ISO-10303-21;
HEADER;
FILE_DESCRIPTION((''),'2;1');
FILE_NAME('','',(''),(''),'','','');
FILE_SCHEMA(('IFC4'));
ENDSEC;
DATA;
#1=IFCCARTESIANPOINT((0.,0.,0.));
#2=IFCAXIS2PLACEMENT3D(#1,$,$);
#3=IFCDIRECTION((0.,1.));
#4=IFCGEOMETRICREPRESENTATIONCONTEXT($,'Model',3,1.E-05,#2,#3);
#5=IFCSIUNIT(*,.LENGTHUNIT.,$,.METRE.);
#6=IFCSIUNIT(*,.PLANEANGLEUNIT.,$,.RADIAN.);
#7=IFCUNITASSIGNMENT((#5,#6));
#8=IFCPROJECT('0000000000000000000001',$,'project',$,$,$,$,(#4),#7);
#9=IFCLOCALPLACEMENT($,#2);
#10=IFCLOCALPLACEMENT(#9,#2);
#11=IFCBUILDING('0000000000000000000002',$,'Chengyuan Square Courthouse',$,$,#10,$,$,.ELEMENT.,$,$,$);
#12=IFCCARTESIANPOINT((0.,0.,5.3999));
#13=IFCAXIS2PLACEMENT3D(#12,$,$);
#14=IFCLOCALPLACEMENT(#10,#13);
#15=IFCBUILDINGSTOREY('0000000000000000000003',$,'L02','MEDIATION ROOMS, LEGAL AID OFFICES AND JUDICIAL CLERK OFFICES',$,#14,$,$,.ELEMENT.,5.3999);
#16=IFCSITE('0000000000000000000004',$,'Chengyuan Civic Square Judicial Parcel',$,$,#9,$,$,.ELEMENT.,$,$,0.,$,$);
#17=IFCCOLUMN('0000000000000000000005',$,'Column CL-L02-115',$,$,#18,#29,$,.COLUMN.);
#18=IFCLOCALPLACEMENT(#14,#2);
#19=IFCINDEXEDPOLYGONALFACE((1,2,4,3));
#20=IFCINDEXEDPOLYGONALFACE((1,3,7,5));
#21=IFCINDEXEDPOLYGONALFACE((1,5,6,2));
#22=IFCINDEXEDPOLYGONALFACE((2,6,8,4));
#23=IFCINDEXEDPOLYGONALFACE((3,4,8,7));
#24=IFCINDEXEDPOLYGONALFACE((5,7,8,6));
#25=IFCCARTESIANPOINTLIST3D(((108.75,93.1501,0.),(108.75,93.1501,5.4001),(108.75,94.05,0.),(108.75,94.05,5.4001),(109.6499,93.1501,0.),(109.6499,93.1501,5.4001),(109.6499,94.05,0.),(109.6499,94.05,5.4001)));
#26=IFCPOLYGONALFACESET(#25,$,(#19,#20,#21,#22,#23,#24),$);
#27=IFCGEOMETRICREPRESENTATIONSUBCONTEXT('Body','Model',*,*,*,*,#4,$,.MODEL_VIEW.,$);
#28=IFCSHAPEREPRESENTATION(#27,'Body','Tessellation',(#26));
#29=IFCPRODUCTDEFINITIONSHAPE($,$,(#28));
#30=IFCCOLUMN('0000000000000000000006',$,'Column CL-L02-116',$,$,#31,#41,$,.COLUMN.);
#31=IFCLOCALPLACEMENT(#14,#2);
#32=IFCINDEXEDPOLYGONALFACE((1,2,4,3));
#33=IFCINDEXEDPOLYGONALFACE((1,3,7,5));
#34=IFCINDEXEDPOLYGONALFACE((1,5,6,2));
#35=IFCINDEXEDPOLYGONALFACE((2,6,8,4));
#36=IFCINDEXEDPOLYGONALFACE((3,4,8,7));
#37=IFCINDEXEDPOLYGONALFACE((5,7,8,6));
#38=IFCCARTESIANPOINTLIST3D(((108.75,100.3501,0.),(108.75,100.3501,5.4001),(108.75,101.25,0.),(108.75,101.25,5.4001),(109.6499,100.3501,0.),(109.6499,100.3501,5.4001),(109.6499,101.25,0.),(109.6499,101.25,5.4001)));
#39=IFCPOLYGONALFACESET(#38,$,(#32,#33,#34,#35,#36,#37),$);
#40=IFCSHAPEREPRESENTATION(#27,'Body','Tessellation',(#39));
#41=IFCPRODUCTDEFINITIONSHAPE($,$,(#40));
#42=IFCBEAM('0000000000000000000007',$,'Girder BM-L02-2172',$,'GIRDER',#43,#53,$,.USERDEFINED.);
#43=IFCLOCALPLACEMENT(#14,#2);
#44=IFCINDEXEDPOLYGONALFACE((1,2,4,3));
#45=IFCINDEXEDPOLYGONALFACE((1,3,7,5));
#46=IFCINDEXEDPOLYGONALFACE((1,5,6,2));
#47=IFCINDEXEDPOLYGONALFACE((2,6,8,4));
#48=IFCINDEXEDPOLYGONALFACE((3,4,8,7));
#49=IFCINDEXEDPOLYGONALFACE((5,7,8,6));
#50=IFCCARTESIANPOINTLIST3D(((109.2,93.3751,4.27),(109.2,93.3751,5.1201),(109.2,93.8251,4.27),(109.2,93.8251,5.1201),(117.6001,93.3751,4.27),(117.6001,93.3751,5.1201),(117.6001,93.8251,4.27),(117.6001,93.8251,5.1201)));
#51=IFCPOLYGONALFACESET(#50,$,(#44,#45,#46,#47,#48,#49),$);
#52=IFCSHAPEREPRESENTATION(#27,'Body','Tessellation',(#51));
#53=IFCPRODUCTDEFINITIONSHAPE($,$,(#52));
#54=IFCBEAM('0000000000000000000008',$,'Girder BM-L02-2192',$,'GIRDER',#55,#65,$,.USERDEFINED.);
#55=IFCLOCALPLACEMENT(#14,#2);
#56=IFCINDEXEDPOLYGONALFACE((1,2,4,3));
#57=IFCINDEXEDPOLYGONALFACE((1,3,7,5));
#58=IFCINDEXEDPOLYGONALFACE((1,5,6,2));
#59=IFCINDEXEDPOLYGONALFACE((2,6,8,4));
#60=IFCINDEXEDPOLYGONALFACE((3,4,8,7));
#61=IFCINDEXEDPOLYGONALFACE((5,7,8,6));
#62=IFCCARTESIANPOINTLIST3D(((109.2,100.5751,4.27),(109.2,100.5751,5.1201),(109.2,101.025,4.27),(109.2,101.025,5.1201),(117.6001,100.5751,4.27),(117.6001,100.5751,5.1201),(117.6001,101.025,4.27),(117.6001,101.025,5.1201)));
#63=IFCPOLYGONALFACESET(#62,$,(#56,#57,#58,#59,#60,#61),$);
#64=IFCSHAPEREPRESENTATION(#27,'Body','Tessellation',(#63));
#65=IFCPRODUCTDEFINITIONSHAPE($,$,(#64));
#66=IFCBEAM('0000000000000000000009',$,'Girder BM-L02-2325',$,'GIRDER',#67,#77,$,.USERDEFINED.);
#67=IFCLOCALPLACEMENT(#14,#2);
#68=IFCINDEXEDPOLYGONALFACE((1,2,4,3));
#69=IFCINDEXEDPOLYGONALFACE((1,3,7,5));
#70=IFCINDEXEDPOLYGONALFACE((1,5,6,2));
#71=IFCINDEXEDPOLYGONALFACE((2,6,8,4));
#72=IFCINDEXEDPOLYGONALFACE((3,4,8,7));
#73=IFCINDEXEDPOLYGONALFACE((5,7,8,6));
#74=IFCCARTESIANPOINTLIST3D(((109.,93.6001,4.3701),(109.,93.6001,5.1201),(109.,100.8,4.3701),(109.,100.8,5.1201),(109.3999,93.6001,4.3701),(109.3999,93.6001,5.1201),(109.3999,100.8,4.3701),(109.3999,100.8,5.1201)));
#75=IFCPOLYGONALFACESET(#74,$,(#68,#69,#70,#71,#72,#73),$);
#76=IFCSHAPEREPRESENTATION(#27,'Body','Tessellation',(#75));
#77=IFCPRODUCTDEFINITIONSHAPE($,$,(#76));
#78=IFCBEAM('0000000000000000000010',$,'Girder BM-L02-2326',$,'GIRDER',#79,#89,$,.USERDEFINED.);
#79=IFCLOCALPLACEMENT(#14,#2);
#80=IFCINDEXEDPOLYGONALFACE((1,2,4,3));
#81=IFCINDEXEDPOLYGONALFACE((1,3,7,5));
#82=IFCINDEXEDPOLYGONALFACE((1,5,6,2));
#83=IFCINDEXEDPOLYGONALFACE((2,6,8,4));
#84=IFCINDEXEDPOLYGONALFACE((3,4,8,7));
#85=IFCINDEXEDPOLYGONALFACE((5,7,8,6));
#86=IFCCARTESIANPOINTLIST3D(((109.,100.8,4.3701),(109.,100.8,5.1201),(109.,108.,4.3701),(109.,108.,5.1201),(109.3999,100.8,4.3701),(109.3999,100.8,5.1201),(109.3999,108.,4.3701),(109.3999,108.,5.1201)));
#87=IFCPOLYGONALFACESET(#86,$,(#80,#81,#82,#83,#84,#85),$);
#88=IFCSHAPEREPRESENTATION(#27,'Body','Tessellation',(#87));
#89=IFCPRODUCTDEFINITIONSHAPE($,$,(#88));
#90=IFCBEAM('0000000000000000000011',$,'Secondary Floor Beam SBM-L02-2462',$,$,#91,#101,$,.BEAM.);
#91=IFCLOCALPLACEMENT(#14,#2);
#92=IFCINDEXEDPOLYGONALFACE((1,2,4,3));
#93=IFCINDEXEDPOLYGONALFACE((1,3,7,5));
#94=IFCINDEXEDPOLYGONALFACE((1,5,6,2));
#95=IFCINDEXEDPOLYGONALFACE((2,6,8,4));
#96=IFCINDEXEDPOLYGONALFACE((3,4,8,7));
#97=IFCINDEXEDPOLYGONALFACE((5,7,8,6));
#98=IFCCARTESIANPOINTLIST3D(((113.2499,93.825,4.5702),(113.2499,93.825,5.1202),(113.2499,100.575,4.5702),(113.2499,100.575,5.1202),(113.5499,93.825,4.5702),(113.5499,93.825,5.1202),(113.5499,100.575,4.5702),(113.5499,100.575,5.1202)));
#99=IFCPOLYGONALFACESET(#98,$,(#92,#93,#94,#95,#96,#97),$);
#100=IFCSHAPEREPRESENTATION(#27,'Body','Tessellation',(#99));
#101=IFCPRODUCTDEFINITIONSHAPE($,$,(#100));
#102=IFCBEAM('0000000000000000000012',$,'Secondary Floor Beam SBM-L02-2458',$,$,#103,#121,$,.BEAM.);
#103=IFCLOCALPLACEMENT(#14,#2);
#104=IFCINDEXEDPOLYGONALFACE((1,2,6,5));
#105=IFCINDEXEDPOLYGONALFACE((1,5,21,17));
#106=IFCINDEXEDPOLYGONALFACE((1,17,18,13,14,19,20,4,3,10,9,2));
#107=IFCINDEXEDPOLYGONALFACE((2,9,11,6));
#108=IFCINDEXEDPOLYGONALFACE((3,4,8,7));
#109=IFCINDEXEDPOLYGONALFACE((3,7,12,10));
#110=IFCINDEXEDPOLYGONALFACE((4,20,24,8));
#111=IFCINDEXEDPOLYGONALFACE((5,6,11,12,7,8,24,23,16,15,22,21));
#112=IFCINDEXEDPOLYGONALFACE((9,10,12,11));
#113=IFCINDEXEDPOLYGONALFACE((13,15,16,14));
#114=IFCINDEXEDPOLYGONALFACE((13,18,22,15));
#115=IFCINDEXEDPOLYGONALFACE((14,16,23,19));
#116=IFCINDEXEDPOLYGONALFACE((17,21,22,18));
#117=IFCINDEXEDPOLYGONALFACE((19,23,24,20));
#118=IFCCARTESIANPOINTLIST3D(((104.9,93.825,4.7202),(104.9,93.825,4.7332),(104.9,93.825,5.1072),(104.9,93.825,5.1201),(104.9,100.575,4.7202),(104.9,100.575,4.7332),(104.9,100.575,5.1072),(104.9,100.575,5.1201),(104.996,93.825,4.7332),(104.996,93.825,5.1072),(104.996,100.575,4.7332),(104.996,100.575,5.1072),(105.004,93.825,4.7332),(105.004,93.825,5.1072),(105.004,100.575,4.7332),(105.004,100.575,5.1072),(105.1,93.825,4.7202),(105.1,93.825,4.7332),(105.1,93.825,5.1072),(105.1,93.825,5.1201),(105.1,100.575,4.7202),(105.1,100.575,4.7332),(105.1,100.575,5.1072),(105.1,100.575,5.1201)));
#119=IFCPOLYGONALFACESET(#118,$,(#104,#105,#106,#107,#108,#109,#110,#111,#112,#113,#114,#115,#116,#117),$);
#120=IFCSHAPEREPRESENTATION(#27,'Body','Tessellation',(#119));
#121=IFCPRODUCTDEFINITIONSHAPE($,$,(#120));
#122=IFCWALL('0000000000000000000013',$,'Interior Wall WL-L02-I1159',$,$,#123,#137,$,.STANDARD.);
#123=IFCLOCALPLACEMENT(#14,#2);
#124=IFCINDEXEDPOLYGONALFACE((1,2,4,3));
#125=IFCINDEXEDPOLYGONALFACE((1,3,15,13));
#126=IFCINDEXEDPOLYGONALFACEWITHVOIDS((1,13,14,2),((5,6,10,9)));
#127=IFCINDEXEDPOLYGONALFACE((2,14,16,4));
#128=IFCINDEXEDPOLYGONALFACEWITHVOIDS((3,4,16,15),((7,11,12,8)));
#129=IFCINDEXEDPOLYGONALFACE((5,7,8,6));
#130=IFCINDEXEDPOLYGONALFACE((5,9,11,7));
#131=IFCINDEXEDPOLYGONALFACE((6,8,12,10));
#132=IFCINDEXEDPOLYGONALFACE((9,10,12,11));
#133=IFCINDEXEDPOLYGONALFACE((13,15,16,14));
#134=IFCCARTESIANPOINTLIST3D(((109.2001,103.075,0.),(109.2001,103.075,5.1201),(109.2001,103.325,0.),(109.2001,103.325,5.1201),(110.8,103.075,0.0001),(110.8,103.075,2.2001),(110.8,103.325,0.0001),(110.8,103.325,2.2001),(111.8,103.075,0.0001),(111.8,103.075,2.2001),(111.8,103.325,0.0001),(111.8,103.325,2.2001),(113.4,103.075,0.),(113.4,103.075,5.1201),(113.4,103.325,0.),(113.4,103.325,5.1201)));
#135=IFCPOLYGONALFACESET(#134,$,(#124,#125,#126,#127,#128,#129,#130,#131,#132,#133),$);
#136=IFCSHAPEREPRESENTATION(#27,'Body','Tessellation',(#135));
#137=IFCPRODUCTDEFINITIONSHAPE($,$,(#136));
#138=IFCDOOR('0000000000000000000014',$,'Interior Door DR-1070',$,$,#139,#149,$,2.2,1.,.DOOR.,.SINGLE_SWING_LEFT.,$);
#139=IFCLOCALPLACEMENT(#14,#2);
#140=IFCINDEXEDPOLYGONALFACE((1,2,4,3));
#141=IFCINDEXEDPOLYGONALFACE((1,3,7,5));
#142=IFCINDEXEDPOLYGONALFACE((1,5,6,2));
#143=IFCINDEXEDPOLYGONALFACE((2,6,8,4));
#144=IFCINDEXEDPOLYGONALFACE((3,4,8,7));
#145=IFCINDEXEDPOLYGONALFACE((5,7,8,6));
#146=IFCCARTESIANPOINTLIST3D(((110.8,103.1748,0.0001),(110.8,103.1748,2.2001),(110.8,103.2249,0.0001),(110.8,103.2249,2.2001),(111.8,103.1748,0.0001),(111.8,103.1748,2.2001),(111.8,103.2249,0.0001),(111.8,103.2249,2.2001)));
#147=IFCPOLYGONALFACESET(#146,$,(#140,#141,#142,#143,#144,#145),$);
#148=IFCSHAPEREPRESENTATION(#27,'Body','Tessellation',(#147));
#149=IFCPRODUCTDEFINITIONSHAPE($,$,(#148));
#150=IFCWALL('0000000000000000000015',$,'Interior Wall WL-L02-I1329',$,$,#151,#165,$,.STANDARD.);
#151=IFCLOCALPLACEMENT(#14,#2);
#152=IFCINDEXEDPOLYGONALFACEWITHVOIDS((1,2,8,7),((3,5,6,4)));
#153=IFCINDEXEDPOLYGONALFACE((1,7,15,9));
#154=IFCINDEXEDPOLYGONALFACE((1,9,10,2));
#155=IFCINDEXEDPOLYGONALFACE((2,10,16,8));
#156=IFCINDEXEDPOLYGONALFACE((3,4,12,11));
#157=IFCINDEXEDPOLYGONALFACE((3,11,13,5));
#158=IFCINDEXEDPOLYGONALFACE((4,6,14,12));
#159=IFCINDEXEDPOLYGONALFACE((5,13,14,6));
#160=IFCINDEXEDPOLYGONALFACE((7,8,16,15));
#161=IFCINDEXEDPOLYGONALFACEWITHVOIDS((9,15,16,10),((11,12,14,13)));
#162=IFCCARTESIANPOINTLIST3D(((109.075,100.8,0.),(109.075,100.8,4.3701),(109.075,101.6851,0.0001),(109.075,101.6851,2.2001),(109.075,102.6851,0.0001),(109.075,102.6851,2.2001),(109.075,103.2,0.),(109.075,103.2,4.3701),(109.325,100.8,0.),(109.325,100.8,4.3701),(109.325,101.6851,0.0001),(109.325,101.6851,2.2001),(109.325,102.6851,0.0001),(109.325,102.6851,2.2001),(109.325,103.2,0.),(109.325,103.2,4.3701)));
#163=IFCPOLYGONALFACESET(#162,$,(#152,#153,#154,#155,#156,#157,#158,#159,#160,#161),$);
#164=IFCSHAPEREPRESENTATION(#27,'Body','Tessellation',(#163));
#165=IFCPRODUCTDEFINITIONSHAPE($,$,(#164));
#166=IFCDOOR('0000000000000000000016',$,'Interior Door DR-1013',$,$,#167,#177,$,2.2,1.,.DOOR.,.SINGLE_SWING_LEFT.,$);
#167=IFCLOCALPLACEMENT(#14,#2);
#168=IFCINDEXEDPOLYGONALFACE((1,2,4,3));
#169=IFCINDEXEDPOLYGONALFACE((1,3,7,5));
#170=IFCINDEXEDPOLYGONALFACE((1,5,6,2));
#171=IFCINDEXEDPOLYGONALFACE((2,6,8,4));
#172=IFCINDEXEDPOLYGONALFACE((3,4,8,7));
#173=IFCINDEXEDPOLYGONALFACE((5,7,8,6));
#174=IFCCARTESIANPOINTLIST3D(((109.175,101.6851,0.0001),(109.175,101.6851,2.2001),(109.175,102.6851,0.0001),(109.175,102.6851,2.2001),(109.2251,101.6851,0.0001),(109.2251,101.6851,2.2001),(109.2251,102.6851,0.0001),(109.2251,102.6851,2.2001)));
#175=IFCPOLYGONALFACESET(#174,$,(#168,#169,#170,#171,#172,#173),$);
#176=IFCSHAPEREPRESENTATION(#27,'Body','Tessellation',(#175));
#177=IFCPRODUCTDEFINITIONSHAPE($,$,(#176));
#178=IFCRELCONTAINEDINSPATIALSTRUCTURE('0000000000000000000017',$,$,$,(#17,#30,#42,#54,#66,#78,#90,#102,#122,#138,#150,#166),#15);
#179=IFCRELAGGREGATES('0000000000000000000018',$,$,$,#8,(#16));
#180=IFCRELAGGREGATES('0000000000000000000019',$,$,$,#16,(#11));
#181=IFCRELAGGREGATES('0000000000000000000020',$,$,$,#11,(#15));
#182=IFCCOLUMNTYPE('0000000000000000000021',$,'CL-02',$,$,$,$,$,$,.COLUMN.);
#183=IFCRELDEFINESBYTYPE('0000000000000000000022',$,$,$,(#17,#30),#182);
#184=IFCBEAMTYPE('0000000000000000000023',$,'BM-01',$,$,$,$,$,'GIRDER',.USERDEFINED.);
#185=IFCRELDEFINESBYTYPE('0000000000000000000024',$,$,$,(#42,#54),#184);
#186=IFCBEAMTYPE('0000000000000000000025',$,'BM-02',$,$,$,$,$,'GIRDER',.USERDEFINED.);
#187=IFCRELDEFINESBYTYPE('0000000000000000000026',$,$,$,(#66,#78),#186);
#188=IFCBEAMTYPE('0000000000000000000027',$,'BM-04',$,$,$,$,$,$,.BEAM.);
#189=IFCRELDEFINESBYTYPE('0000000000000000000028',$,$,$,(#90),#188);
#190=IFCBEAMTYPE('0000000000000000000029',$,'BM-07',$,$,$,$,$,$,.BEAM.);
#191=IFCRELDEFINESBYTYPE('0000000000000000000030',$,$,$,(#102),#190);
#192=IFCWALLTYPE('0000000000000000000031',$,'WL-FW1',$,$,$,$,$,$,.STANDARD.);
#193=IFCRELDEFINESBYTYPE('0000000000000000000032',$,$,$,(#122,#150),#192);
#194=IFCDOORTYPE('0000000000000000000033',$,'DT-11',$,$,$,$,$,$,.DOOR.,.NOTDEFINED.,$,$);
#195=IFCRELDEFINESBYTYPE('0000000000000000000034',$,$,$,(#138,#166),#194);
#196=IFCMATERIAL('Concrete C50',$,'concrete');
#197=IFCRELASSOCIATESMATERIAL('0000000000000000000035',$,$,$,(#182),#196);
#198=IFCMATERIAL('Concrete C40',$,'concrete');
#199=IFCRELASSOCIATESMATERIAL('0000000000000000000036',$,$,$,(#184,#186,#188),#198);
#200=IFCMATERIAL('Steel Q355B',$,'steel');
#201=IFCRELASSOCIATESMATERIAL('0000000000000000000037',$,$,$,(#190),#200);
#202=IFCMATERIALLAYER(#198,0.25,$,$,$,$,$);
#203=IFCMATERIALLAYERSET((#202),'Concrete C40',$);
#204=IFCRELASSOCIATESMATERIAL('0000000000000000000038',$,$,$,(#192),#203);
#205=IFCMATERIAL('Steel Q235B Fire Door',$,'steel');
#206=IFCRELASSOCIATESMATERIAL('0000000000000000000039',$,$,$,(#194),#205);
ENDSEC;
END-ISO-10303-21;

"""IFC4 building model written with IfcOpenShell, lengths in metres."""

from ifc_helpers import new_model, si_unit, direction, frame, frame_2d, origin, origin_2d, place, context, subcontext, project, spatial, rectangle, i_section, extrude, material, layer, layer_set, material_profile, profile_set, type_object, element, fill, save


model = new_model("IFC4")

# Units and contexts
model_context = context("Model", 3, precision=1e-05, world=origin(), true_north=direction((0.0, 1.0)))
body_context = subcontext(model_context, "Body", "Model", "MODEL_VIEW")
ifc_project = project(units=[si_unit("LENGTHUNIT", "METRE"), si_unit("PLANEANGLEUNIT", "RADIAN")], contexts=[model_context])

# Site, building, storey
site_placement = place(None, origin())
site = spatial("IfcSite", under=ifc_project, at=site_placement, Name="Chengyuan Civic Square Judicial Parcel", CompositionType="ELEMENT", RefElevation=0.0)
building_placement = place(site_placement, origin())
building = spatial("IfcBuilding", under=site, at=building_placement, Name="Chengyuan Square Courthouse", CompositionType="ELEMENT")
storey_placement = place(building_placement, frame((0.0, 0.0, 5.3999)))
storey = spatial("IfcBuildingStorey", under=building, at=storey_placement, Name="L02", Description="MEDIATION ROOMS, LEGAL AID OFFICES AND JUDICIAL CLERK OFFICES", CompositionType="ELEMENT", Elevation=5.3999)

# Columns
ifc_material_1 = material(Name="Concrete C50", Category="concrete")
ifc_material_profile_1 = material_profile(ifc_material_1, rectangle(XDim=0.8999, YDim=0.8999, at=origin_2d()), Name="RC-COL-900x900")
ifc_profile_set_1 = profile_set([ifc_material_profile_1], Name="Concrete C50")
column_type = type_object("IfcColumnType", Name="CL-02", PredefinedType="COLUMN", material=ifc_profile_set_1)
for number, where, z_axis, x_axis, name in (
    (1, (109.2, 93.6001, 0.0), (0.0, 0.0, 1.0), (1.0, 0.0, 0.0), "Column CL-L02-115"),
    (2, (109.2, 100.8, 0.0), (0.0, 0.0, 1.0), (1.0, 0.0, 0.0), "Column CL-L02-116"),
):
    element("IfcColumn", number, at=place(storey_placement, frame(where, z_axis=z_axis, x_axis=x_axis)), inside=storey, type_object=column_type, Name=name, PredefinedType="COLUMN", context=body_context, shape_type="SweptSolid", body=[
        extrude(rectangle(XDim=0.8999, YDim=0.8999, at=origin_2d()), origin(), (0.0, 0.0, 1.0), 5.4001),
    ])

# Beams
ifc_material_2 = material(Name="Concrete C40", Category="concrete")
ifc_material_profile_2 = material_profile(ifc_material_2, rectangle(XDim=0.45, YDim=0.8501, at=origin_2d()), Name="RC-BM-450x850")
ifc_profile_set_2 = profile_set([ifc_material_profile_2], Name="Concrete C40")
beam_type_1 = type_object("IfcBeamType", Name="BM-01", ElementType="GIRDER", PredefinedType="USERDEFINED", material=ifc_profile_set_2)
for number, where, z_axis, x_axis, name in (
    (3, (109.2, 93.6001, 4.6951), (1.0, 0.0, 0.0), (0.0, 1.0, 0.0), "Girder BM-L02-2172"),
    (4, (109.2, 100.8, 4.6951), (1.0, 0.0, 0.0), (0.0, 1.0, 0.0), "Girder BM-L02-2192"),
):
    element("IfcBeam", number, at=place(storey_placement, frame(where, z_axis=z_axis, x_axis=x_axis)), inside=storey, type_object=beam_type_1, Name=name, ObjectType="GIRDER", PredefinedType="USERDEFINED", context=body_context, shape_type="SweptSolid", body=[
        extrude(rectangle(XDim=0.45, YDim=0.8501, at=origin_2d()), origin(), (0.0, 0.0, 1.0), 8.4001),
    ])
ifc_material_profile_3 = material_profile(ifc_material_2, rectangle(XDim=0.3999, YDim=0.75, at=origin_2d()), Name="RC-BM-400x750")
ifc_profile_set_3 = profile_set([ifc_material_profile_3], Name="Concrete C40")
beam_type_2 = type_object("IfcBeamType", Name="BM-02", ElementType="GIRDER", PredefinedType="USERDEFINED", material=ifc_profile_set_3)
for number, where, z_axis, x_axis, name in (
    (5, (109.2, 93.6001, 4.7451), (0.0, 1.0, 0.0), (-1.0, 0.0, 0.0), "Girder BM-L02-2325"),
    (6, (109.2, 100.8, 4.7451), (0.0, 1.0, 0.0), (-1.0, 0.0, 0.0), "Girder BM-L02-2326"),
):
    element("IfcBeam", number, at=place(storey_placement, frame(where, z_axis=z_axis, x_axis=x_axis)), inside=storey, type_object=beam_type_2, Name=name, ObjectType="GIRDER", PredefinedType="USERDEFINED", context=body_context, shape_type="SweptSolid", body=[
        extrude(rectangle(XDim=0.3999, YDim=0.75, at=origin_2d()), origin(), (0.0, 0.0, 1.0), 7.2),
    ])
ifc_material_profile_4 = material_profile(ifc_material_2, rectangle(XDim=0.3, YDim=0.55, at=origin_2d()), Name="RC-BM-300x550")
ifc_profile_set_4 = profile_set([ifc_material_profile_4], Name="Concrete C40")
beam_type_3 = type_object("IfcBeamType", Name="BM-04", PredefinedType="BEAM", material=ifc_profile_set_4)
beam_1_placement = place(storey_placement, frame((113.3999, 93.825, 4.8452), z_axis=(0.0, 1.0, 0.0), x_axis=(-1.0, 0.0, 0.0)))
element("IfcBeam", 7, at=beam_1_placement, inside=storey, type_object=beam_type_3, Name="Secondary Floor Beam SBM-L02-2462", PredefinedType="BEAM", context=body_context, shape_type="SweptSolid", body=[
    extrude(rectangle(XDim=0.3, YDim=0.55, at=origin_2d()), origin(), (0.0, 0.0, 1.0), 6.75),
])
ifc_material_3 = material(Name="Steel Q355B", Category="steel")
ifc_material_profile_5 = material_profile(ifc_material_3, i_section(OverallWidth=0.2, OverallDepth=0.3999, WebThickness=0.0081, FlangeThickness=0.0129, at=origin_2d()), Name="HN 400x200x8x13")
ifc_profile_set_5 = profile_set([ifc_material_profile_5], Name="Steel Q355B")
beam_type_4 = type_object("IfcBeamType", Name="BM-07", PredefinedType="BEAM", material=ifc_profile_set_5)
beam_2_placement = place(storey_placement, frame((105.0, 93.825, 4.9202), z_axis=(0.0, 1.0, 0.0), x_axis=(-1.0, 0.0, 0.0)))
element("IfcBeam", 8, at=beam_2_placement, inside=storey, type_object=beam_type_4, Name="Secondary Floor Beam SBM-L02-2458", PredefinedType="BEAM", context=body_context, shape_type="SweptSolid", body=[
    extrude(i_section(OverallWidth=0.2, OverallDepth=0.3999, WebThickness=0.0081, FlangeThickness=0.0129, at=origin_2d()), origin(), (0.0, 0.0, 1.0), 6.75),
])

# Walls, openings, doors
ifc_layer_1 = layer(ifc_material_2, 0.25)
ifc_layer_set_1 = layer_set([ifc_layer_1], Name="Concrete C40")
wall_type_1 = type_object("IfcWallType", Name="WL-FW1", PredefinedType="STANDARD", material=ifc_layer_set_1)
wall_1_placement = place(storey_placement, frame((109.2, 103.2, 0.0), z_axis=(0.0, 0.0, 1.0), x_axis=(1.0, 0.0, 0.0)))
wall_1 = element("IfcWall", 9, at=wall_1_placement, inside=storey, type_object=wall_type_1, Name="Interior Wall WL-L02-I1159", PredefinedType="STANDARD", context=body_context, shape_type="SweptSolid", body=[
    extrude(rectangle(XDim=4.2, YDim=0.25, at=frame_2d((2.1001, 0.0))), origin(), (0.0, 0.0, 1.0), 5.1201),
])
opening_1_placement = place(wall_1_placement, frame((1.6001, 0.0, 0.0)))
opening_1 = element("IfcOpeningElement", 10, at=opening_1_placement, cuts=wall_1, PredefinedType="OPENING", context=body_context, shape_type="SweptSolid", body=[
    extrude(rectangle(XDim=1.0, YDim=2.2, at=frame_2d((0.5, 1.1001))), frame((0.0, 0.137, 0.0), z_axis=(0.0, -1.0, 0.0), x_axis=(1.0, 0.0, 0.0)), (0.0, 0.0, 1.0), 0.2739),
])
ifc_material_4 = material(Name="Steel Q235B Fire Door", Category="steel")
door_type_1 = type_object("IfcDoorType", Name="DT-11", OperationType="NOTDEFINED", PredefinedType="DOOR", material=ifc_material_4)
door_1_placement = place(opening_1_placement, origin())
door_1 = element("IfcDoor", 11, at=door_1_placement, inside=storey, type_object=door_type_1, Name="Interior Door DR-1070", OperationType="SINGLE_SWING_LEFT", OverallHeight=2.2, OverallWidth=1.0, PredefinedType="DOOR", context=body_context, shape_type="SweptSolid", body=[
    extrude(rectangle(XDim=1.0, YDim=2.2, at=frame_2d((0.5, 1.1001))), frame((0.0, 0.0249, 0.0), z_axis=(0.0, -1.0, 0.0), x_axis=(1.0, 0.0, 0.0)), (0.0, 0.0, 1.0), 0.05),
])
fill(opening_1, door_1)
wall_2_placement = place(storey_placement, frame((109.2, 100.8, 0.0), z_axis=(0.0, 0.0, 1.0), x_axis=(0.0, 1.0, 0.0)))
wall_2 = element("IfcWall", 12, at=wall_2_placement, inside=storey, type_object=wall_type_1, Name="Interior Wall WL-L02-I1329", PredefinedType="STANDARD", context=body_context, shape_type="SweptSolid", body=[
    extrude(rectangle(XDim=2.3999, YDim=0.25, at=frame_2d((1.2, 0.0))), origin(), (0.0, 0.0, 1.0), 4.3701),
])
opening_2_placement = place(wall_2_placement, frame((0.885, 0.0, 0.0)))
opening_2 = element("IfcOpeningElement", 13, at=opening_2_placement, cuts=wall_2, PredefinedType="OPENING", context=body_context, shape_type="SweptSolid", body=[
    extrude(rectangle(XDim=1.0, YDim=2.2, at=frame_2d((0.5, 1.1001))), frame((0.0, 0.137, 0.0), z_axis=(0.0, -1.0, 0.0), x_axis=(1.0, 0.0, 0.0)), (0.0, 0.0, 1.0), 0.2739),
])
door_2_placement = place(opening_2_placement, origin())
door_2 = element("IfcDoor", 14, at=door_2_placement, inside=storey, type_object=door_type_1, Name="Interior Door DR-1013", OperationType="SINGLE_SWING_LEFT", OverallHeight=2.2, OverallWidth=1.0, PredefinedType="DOOR", context=body_context, shape_type="SweptSolid", body=[
    extrude(rectangle(XDim=1.0, YDim=2.2, at=frame_2d((0.5, 1.1001))), frame((0.0, 0.0249, 0.0), z_axis=(0.0, -1.0, 0.0), x_axis=(1.0, 0.0, 0.0)), (0.0, 0.0, 1.0), 0.05),
])
fill(opening_2, door_2)

save(model, "model.ifc")
